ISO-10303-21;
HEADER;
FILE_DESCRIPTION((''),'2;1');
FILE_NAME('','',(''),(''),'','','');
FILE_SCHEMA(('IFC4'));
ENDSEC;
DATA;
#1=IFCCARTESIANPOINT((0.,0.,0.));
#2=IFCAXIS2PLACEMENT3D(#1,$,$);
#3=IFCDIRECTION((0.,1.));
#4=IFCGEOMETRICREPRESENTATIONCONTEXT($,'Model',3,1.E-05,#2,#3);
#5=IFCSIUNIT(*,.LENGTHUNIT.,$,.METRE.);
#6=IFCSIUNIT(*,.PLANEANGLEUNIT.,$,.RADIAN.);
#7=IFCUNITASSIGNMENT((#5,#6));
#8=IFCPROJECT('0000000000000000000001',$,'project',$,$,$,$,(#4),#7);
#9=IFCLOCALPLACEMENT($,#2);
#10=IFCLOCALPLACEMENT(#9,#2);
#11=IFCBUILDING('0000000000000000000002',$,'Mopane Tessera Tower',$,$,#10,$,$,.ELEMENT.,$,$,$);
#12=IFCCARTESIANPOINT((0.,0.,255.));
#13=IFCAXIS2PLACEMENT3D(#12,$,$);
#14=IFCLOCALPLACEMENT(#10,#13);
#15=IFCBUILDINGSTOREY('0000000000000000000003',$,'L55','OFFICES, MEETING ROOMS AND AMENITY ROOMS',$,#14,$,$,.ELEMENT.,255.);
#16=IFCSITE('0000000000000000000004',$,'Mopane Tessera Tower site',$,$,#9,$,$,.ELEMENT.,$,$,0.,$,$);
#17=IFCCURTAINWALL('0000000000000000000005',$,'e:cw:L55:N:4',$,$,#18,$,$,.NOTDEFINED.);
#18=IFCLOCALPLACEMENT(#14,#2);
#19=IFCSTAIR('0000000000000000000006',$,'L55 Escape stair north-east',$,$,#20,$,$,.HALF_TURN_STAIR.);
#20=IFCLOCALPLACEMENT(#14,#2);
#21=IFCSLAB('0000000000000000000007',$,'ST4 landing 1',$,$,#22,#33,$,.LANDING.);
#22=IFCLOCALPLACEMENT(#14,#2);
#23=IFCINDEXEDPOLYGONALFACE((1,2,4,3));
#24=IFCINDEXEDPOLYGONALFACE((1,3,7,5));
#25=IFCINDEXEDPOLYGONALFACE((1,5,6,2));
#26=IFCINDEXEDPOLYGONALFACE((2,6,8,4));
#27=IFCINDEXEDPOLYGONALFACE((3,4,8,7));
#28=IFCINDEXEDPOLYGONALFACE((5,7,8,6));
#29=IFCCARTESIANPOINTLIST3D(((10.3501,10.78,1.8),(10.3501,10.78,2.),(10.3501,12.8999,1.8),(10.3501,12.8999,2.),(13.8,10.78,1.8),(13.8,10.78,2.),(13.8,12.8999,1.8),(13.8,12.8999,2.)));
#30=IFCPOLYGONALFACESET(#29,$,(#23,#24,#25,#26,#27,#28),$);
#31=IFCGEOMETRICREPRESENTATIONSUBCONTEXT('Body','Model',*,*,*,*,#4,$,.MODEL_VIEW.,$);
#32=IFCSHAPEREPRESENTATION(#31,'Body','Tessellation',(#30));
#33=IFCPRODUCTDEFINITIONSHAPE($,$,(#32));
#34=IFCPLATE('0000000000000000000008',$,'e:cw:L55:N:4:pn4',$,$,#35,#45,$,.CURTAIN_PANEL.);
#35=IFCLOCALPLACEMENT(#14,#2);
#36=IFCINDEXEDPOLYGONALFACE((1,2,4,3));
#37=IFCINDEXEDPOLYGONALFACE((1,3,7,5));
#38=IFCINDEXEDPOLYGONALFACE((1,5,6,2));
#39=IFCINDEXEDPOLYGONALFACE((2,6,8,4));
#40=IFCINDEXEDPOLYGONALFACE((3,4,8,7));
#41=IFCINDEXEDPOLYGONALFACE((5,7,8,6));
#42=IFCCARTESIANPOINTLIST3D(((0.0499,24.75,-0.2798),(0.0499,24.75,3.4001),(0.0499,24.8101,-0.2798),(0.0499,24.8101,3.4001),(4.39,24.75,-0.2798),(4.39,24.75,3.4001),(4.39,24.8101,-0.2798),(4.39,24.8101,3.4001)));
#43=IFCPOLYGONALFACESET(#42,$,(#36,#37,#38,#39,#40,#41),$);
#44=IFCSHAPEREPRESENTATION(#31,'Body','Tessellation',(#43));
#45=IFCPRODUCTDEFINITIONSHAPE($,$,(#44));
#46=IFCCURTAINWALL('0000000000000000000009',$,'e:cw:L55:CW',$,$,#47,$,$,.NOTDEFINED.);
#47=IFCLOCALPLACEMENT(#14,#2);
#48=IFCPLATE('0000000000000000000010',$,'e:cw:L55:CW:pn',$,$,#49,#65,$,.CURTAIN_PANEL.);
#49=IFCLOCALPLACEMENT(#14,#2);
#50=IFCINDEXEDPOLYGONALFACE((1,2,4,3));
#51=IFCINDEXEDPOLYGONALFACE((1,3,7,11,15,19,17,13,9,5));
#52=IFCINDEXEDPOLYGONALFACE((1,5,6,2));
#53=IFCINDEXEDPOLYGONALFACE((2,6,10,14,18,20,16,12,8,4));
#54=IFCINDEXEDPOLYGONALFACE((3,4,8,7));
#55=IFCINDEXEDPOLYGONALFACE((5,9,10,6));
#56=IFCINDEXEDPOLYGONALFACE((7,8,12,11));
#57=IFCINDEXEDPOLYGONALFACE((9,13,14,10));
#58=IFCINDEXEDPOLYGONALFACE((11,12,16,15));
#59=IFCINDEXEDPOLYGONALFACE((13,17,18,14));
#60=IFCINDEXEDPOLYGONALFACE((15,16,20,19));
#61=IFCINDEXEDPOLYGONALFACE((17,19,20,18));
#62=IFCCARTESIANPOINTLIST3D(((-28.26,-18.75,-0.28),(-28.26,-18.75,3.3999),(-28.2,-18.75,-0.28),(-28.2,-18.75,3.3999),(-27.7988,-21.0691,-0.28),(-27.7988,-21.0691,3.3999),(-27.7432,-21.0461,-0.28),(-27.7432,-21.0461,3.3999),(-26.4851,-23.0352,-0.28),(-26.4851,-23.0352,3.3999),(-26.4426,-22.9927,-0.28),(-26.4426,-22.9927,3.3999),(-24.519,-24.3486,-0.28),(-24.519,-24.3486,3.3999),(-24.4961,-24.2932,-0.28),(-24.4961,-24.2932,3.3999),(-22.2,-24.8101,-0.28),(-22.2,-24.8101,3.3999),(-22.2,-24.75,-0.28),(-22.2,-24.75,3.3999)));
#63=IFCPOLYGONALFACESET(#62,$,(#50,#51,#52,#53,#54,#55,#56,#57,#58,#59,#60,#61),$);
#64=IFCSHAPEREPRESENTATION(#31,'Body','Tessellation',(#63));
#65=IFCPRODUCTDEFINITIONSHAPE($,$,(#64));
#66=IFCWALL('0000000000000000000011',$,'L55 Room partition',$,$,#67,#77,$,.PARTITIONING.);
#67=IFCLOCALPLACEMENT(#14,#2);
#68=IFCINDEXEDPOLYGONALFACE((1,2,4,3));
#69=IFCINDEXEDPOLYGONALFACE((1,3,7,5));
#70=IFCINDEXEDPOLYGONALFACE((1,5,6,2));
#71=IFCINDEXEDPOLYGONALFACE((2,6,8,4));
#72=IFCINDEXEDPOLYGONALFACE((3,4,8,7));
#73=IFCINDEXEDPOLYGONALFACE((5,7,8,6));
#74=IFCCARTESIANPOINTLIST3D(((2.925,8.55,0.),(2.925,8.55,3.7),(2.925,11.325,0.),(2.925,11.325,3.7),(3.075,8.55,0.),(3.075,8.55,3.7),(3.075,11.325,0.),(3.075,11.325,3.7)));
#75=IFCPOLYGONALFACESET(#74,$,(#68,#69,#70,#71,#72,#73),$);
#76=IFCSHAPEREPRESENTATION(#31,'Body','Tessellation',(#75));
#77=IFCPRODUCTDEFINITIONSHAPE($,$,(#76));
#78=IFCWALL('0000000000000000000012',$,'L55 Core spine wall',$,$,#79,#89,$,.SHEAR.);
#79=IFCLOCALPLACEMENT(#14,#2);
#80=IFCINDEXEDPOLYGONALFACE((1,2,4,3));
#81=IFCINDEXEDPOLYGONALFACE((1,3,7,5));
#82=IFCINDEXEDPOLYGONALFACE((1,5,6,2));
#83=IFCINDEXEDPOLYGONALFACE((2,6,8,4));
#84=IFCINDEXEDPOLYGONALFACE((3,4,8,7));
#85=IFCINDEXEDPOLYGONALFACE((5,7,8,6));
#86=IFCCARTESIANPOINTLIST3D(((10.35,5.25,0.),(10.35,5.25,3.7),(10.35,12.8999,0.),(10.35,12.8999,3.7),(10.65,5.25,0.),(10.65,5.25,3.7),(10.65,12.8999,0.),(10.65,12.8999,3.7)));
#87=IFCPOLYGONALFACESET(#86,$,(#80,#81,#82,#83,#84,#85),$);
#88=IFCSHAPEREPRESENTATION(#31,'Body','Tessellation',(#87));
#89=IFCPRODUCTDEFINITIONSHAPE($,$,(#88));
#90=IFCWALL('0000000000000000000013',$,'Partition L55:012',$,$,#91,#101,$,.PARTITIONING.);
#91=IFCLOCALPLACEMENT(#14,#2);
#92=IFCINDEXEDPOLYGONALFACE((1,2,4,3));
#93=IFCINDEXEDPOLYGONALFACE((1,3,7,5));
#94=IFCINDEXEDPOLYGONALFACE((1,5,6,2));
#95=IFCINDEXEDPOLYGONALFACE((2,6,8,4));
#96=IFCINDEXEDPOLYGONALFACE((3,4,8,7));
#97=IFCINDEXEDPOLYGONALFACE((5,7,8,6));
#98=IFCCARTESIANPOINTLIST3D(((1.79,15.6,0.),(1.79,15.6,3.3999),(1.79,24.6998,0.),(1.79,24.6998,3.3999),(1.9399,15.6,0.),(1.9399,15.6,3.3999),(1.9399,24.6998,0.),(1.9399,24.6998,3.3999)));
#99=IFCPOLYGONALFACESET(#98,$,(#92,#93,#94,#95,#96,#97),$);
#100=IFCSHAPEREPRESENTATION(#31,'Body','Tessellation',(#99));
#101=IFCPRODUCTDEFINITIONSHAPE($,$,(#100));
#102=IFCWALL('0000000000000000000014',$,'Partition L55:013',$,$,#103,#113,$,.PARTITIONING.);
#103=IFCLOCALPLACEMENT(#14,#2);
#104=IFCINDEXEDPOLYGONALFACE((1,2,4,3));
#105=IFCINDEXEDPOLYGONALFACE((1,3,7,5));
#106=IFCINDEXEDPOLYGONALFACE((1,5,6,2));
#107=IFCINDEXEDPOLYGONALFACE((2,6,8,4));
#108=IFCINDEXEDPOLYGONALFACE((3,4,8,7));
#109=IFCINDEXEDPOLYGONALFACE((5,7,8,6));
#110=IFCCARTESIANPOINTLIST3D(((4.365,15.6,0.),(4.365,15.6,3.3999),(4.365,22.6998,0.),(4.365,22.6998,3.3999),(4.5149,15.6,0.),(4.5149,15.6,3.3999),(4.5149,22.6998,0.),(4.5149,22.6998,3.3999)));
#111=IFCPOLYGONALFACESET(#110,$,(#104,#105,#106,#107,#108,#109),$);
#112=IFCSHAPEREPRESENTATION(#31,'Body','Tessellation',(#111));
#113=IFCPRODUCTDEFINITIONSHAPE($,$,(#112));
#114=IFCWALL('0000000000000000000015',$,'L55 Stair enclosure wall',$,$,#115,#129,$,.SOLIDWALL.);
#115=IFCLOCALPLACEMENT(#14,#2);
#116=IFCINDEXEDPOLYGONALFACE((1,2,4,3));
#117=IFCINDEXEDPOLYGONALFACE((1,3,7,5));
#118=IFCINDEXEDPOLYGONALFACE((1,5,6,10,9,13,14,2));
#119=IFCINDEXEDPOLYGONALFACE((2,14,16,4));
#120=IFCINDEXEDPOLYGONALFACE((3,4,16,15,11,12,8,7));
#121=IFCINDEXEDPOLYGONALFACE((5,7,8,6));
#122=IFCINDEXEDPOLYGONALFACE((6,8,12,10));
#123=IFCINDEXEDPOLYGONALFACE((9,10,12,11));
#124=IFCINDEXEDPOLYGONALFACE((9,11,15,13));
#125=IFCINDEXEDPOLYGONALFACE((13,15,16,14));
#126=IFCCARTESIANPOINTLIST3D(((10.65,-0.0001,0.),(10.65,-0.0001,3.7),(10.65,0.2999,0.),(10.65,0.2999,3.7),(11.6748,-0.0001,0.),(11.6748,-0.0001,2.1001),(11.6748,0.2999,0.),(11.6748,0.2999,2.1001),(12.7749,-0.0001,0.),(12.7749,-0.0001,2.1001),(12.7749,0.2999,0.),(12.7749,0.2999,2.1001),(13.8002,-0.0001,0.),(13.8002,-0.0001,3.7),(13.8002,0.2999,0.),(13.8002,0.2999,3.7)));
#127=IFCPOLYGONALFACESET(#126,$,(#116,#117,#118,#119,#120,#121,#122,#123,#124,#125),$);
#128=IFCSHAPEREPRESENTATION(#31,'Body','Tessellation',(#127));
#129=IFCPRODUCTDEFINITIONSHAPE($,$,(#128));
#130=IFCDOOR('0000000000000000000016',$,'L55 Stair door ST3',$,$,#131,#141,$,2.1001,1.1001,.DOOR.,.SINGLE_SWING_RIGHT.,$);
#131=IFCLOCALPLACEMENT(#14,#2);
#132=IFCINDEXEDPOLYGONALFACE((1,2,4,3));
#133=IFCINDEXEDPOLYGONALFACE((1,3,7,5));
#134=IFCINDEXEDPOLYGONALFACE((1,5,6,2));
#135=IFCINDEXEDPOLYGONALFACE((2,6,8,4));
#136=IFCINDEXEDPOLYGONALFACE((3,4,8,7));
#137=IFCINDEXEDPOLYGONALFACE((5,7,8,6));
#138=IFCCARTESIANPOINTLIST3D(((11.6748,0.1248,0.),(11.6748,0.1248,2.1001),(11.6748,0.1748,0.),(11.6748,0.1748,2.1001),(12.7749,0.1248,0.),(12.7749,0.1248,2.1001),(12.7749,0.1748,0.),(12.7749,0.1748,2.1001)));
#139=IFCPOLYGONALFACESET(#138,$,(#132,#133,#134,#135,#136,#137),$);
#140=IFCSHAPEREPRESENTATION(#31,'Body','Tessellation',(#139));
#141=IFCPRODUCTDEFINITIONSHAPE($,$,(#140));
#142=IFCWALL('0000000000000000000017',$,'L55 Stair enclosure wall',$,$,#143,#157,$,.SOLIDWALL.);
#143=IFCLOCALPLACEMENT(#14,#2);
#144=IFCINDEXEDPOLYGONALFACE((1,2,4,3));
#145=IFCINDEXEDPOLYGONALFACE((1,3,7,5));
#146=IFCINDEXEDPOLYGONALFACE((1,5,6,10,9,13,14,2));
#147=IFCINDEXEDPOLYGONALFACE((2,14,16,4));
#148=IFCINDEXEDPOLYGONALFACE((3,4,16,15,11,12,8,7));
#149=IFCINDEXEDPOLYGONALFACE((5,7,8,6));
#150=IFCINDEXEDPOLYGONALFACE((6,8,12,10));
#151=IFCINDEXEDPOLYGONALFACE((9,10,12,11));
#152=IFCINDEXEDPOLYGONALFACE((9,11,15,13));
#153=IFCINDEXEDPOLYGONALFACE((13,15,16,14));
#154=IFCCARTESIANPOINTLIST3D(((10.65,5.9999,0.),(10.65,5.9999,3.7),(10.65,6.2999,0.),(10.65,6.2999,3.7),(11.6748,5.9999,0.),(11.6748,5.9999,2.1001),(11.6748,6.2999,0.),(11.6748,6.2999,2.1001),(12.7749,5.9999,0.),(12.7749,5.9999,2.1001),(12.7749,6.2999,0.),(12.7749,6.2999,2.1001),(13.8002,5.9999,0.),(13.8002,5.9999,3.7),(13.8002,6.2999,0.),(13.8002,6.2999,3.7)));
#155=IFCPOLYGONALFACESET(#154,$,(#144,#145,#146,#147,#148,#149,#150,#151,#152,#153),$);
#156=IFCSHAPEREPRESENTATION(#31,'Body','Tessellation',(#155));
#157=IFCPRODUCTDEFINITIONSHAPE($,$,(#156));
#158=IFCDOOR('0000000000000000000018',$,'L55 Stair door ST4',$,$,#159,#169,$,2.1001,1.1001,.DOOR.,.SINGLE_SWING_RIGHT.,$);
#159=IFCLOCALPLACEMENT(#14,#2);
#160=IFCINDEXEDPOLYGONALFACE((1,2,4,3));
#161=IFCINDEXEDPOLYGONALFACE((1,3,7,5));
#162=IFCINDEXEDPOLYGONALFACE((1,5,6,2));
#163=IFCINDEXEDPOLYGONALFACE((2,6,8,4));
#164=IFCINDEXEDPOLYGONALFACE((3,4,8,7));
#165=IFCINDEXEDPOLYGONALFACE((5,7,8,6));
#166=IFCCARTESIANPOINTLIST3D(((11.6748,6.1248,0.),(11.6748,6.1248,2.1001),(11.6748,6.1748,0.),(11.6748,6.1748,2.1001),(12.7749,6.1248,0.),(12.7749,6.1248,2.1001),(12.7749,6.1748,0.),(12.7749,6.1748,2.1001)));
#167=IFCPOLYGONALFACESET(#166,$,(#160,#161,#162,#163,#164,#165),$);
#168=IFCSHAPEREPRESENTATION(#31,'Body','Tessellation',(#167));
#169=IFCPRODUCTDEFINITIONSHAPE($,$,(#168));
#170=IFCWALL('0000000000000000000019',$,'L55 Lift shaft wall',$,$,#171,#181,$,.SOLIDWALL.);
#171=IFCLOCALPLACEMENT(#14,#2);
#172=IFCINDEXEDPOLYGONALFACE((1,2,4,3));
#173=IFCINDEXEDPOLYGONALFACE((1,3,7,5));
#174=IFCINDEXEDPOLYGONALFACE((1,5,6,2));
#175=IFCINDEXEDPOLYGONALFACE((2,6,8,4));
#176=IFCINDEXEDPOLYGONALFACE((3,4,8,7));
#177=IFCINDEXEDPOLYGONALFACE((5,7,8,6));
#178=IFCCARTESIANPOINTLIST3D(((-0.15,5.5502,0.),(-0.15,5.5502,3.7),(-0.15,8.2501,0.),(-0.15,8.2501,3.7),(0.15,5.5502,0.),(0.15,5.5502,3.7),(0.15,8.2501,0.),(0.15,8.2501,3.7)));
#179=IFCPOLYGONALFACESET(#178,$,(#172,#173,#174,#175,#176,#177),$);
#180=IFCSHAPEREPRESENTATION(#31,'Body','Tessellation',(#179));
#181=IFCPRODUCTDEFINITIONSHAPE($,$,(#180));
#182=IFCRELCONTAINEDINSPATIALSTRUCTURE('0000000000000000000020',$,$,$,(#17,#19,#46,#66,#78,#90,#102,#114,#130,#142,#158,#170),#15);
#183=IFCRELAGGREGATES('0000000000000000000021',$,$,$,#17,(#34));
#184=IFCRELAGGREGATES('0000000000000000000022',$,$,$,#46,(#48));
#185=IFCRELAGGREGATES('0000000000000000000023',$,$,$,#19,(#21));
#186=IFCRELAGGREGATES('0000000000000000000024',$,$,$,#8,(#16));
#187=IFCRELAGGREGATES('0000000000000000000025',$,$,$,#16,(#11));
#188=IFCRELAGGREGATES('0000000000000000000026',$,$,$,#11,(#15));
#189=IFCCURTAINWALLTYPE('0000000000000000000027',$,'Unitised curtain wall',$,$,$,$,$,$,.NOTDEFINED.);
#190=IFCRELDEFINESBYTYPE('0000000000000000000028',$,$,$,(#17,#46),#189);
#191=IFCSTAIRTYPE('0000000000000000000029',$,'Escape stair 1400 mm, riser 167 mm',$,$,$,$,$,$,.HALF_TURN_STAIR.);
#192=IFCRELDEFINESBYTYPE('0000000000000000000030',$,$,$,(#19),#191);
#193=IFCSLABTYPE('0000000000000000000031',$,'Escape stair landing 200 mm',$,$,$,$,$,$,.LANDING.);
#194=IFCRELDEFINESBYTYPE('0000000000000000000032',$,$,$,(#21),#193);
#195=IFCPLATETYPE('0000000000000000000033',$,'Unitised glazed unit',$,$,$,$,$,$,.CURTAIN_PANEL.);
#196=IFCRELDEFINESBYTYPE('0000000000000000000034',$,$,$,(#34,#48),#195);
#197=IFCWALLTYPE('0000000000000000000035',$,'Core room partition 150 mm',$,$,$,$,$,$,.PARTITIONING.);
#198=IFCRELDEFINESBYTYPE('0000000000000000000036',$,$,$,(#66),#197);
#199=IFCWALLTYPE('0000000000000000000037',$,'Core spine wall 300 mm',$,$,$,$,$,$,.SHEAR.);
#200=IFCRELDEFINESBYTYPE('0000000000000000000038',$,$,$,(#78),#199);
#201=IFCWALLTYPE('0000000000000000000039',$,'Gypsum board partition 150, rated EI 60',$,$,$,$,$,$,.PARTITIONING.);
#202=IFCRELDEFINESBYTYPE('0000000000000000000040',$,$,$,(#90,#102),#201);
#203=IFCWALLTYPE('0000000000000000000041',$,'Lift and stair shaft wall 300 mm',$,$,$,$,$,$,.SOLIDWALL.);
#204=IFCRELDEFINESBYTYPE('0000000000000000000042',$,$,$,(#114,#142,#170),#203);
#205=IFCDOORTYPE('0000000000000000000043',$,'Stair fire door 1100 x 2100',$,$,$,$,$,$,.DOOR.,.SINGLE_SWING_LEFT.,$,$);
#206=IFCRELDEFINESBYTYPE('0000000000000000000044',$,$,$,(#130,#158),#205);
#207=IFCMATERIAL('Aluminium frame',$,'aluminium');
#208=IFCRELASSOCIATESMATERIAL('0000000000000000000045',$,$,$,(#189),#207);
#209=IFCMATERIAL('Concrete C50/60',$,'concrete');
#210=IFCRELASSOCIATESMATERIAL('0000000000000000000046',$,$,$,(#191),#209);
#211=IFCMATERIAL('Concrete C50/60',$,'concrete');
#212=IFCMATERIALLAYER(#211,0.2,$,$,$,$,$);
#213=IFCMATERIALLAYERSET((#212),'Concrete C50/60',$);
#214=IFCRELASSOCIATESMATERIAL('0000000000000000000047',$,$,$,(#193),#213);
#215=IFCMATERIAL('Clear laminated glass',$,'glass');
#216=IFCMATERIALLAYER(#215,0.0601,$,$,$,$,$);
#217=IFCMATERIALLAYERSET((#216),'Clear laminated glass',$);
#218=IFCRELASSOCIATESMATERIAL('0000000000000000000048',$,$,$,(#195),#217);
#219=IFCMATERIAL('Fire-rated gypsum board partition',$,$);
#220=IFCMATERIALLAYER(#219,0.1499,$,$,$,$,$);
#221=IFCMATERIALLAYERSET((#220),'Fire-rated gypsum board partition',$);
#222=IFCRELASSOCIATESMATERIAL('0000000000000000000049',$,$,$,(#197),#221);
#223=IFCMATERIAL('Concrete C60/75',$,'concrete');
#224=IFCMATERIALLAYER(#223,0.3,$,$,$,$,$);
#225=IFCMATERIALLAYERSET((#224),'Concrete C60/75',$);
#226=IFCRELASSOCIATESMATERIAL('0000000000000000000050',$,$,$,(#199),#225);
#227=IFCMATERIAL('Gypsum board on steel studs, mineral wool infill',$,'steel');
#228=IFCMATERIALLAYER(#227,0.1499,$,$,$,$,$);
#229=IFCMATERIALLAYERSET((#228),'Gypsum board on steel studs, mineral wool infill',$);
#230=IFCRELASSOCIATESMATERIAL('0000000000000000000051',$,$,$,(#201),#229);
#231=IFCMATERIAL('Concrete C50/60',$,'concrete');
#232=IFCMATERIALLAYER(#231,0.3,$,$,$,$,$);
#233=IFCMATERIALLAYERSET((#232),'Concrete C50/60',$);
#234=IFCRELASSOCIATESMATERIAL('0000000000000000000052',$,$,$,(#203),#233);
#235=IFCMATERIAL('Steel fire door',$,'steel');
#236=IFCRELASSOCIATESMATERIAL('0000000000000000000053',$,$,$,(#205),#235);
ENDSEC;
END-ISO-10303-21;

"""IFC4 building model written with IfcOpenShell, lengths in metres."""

from ifc_helpers import new_model, si_unit, direction, frame, frame_2d, origin, origin_2d, place, context, subcontext, project, spatial, polyline, rectangle, outline, extrude, material, layer, layer_set, type_object, element, fill, aggregate, save


model = new_model("IFC4")

# Units and contexts
model_context = context("Model", 3, precision=1e-05, world=origin(), true_north=direction((0.0, 1.0)))
body_context = subcontext(model_context, "Body", "Model", "MODEL_VIEW")
ifc_project = project(units=[si_unit("LENGTHUNIT", "METRE"), si_unit("PLANEANGLEUNIT", "RADIAN")], contexts=[model_context])

# Site, building, storey
site_placement = place(None, origin())
site = spatial("IfcSite", under=ifc_project, at=site_placement, Name="Mopane Tessera Tower site", CompositionType="ELEMENT", RefElevation=0.0)
building_placement = place(site_placement, origin())
building = spatial("IfcBuilding", under=site, at=building_placement, Name="Mopane Tessera Tower", CompositionType="ELEMENT")
storey_placement = place(building_placement, frame((0.0, 0.0, 255.0)))
storey = spatial("IfcBuildingStorey", under=building, at=storey_placement, Name="L55", Description="OFFICES, MEETING ROOMS AND AMENITY ROOMS", CompositionType="ELEMENT", Elevation=255.0)

# Curtain wall
ifc_material_1 = material(Name="Aluminium frame", Category="aluminium")
curtain_wall_type = type_object("IfcCurtainWallType", Name="Unitised curtain wall", PredefinedType="NOTDEFINED", material=ifc_material_1)
curtain_wall_1_placement = place(storey_placement, origin())
curtain_wall_1 = element("IfcCurtainWall", 1, at=curtain_wall_1_placement, inside=storey, type_object=curtain_wall_type, Name="e:cw:L55:N:4", PredefinedType="NOTDEFINED")

# Stair, slab
ifc_material_2 = material(Name="Concrete C50/60", Category="concrete")
stair_type = type_object("IfcStairType", Name="Escape stair 1400 mm, riser 167 mm", PredefinedType="HALF_TURN_STAIR", material=ifc_material_2)
ifc_material_3 = material(Name="Concrete C50/60", Category="concrete")
ifc_layer_1 = layer(ifc_material_3, 0.2)
ifc_layer_set_1 = layer_set([ifc_layer_1], Name="Concrete C50/60")
slab_type_1 = type_object("IfcSlabType", Name="Escape stair landing 200 mm", PredefinedType="LANDING", material=ifc_layer_set_1)
stair_1_placement = place(storey_placement, origin())
stair_1 = element("IfcStair", 2, at=stair_1_placement, inside=storey, type_object=stair_type, Name="L55 Escape stair north-east", PredefinedType="HALF_TURN_STAIR")
slab_1_placement = place(storey_placement, frame((0.0, 0.0, 1.8)))
slab_1 = element("IfcSlab", 3, at=slab_1_placement, type_object=slab_type_1, Name="ST4 landing 1", PredefinedType="LANDING", context=body_context, shape_type="SweptSolid", body=[
    extrude(outline(polyline([(13.8, 10.78), (13.8, 12.8999), (10.3501, 12.8999), (10.3501, 10.78), (13.8, 10.78)])), origin(), (0.0, 0.0, 1.0), 0.2),
])

# Plate
ifc_material_4 = material(Name="Clear laminated glass", Category="glass")
ifc_layer_2 = layer(ifc_material_4, 0.0601)
ifc_layer_set_2 = layer_set([ifc_layer_2], Name="Clear laminated glass")
plate_type = type_object("IfcPlateType", Name="Unitised glazed unit", PredefinedType="CURTAIN_PANEL", material=ifc_layer_set_2)
plate_1_placement = place(storey_placement, frame((2.22, 24.78, -0.2798), z_axis=(0.0, 0.0, 1.0), x_axis=(-1.0, 0.0, 0.0)))
plate_1 = element("IfcPlate", 4, at=plate_1_placement, type_object=plate_type, Name="e:cw:L55:N:4:pn4", PredefinedType="CURTAIN_PANEL", context=body_context, shape_type="SweptSolid", body=[
    extrude(rectangle(XDim=4.3401, YDim=0.0601, at=origin_2d()), origin(), (0.0, 0.0, 1.0), 3.6799),
])
aggregate(curtain_wall_1, [plate_1])

# Curtain wall, plate
curtain_wall_2_placement = place(storey_placement, origin())
curtain_wall_2 = element("IfcCurtainWall", 5, at=curtain_wall_2_placement, inside=storey, type_object=curtain_wall_type, Name="e:cw:L55:CW", PredefinedType="NOTDEFINED")
plate_2_placement = place(storey_placement, frame((0.0, 0.0, -0.28)))
plate_2 = element("IfcPlate", 6, at=plate_2_placement, type_object=plate_type, Name="e:cw:L55:CW:pn", PredefinedType="CURTAIN_PANEL", context=body_context, shape_type="SweptSolid", body=[
    extrude(outline(polyline([(-28.2, -18.75), (-27.7432, -21.0461), (-26.4426, -22.9927), (-24.4961, -24.2932), (-22.2, -24.75), (-22.2, -24.8101), (-24.519, -24.3486), (-26.4851, -23.0352), (-27.7988, -21.0691), (-28.26, -18.75), (-28.2, -18.75)])), origin(), (0.0, 0.0, 1.0), 3.6799),
])
aggregate(curtain_wall_2, [plate_2])

# Walls
ifc_material_5 = material(Name="Fire-rated gypsum board partition")
ifc_layer_3 = layer(ifc_material_5, 0.1499)
ifc_layer_set_3 = layer_set([ifc_layer_3], Name="Fire-rated gypsum board partition")
wall_type_1 = type_object("IfcWallType", Name="Core room partition 150 mm", PredefinedType="PARTITIONING", material=ifc_layer_set_3)
wall_1_placement = place(storey_placement, frame((3.0, 8.55, 0.0), z_axis=(0.0, 0.0, 1.0), x_axis=(0.0, 1.0, 0.0)))
element("IfcWall", 7, at=wall_1_placement, inside=storey, type_object=wall_type_1, Name="L55 Room partition", PredefinedType="PARTITIONING", context=body_context, shape_type="SweptSolid", body=[
    extrude(rectangle(XDim=2.7749, YDim=0.1499, at=frame_2d((1.3875, 0.0))), origin(), (0.0, 0.0, 1.0), 3.7),
])
ifc_material_6 = material(Name="Concrete C60/75", Category="concrete")
ifc_layer_4 = layer(ifc_material_6, 0.3)
ifc_layer_set_4 = layer_set([ifc_layer_4], Name="Concrete C60/75")
wall_type_2 = type_object("IfcWallType", Name="Core spine wall 300 mm", PredefinedType="SHEAR", material=ifc_layer_set_4)
wall_2_placement = place(storey_placement, frame((10.5, 5.25, 0.0), z_axis=(0.0, 0.0, 1.0), x_axis=(0.0, 1.0, 0.0)))
element("IfcWall", 8, at=wall_2_placement, inside=storey, type_object=wall_type_2, Name="L55 Core spine wall", PredefinedType="SHEAR", context=body_context, shape_type="SweptSolid", body=[
    extrude(rectangle(XDim=7.6499, YDim=0.3, at=frame_2d((3.825, 0.0))), origin(), (0.0, 0.0, 1.0), 3.7),
])
ifc_material_7 = material(Name="Gypsum board on steel studs, mineral wool infill", Category="steel")
ifc_layer_5 = layer(ifc_material_7, 0.1499)
ifc_layer_set_5 = layer_set([ifc_layer_5], Name="Gypsum board on steel studs, mineral wool infill")
wall_type_3 = type_object("IfcWallType", Name="Gypsum board partition 150, rated EI 60", PredefinedType="PARTITIONING", material=ifc_layer_set_5)
wall_3_placement = place(storey_placement, frame((1.865, 15.6001, 0.0), z_axis=(0.0, 0.0, 1.0), x_axis=(0.0, 1.0, 0.0)))
element("IfcWall", 9, at=wall_3_placement, inside=storey, type_object=wall_type_3, Name="Partition L55:012", PredefinedType="PARTITIONING", context=body_context, shape_type="SweptSolid", body=[
    extrude(rectangle(XDim=9.0999, YDim=0.1499, at=frame_2d((4.5498, 0.0))), origin(), (0.0, 0.0, 1.0), 3.3999),
])
wall_4_placement = place(storey_placement, frame((4.4399, 15.6001, 0.0), z_axis=(0.0, 0.0, 1.0), x_axis=(0.0, 1.0, 0.0)))
element("IfcWall", 10, at=wall_4_placement, inside=storey, type_object=wall_type_3, Name="Partition L55:013", PredefinedType="PARTITIONING", context=body_context, shape_type="SweptSolid", body=[
    extrude(rectangle(XDim=7.0999, YDim=0.1499, at=frame_2d((3.5498, 0.0))), origin(), (0.0, 0.0, 1.0), 3.3999),
])

# Walls, openings, doors
ifc_material_8 = material(Name="Concrete C50/60", Category="concrete")
ifc_layer_6 = layer(ifc_material_8, 0.3)
ifc_layer_set_6 = layer_set([ifc_layer_6], Name="Concrete C50/60")
wall_type_4 = type_object("IfcWallType", Name="Lift and stair shaft wall 300 mm", PredefinedType="SOLIDWALL", material=ifc_layer_set_6)
wall_5_placement = place(storey_placement, frame((10.6499, 0.1499, 0.0), z_axis=(0.0, 0.0, 1.0), x_axis=(1.0, 0.0, 0.0)))
wall_5 = element("IfcWall", 11, at=wall_5_placement, inside=storey, type_object=wall_type_4, Name="L55 Stair enclosure wall", PredefinedType="SOLIDWALL", context=body_context, shape_type="SweptSolid", body=[
    extrude(rectangle(XDim=3.1501, YDim=0.3, at=frame_2d((1.5752, 0.0))), origin(), (0.0, 0.0, 1.0), 3.7),
])
opening_1_placement = place(wall_5_placement, frame((1.0249, 0.0, 0.0)))
opening_1 = element("IfcOpeningElement", 12, at=opening_1_placement, cuts=wall_5, PredefinedType="OPENING", context=body_context, shape_type="SweptSolid", body=[
    extrude(rectangle(XDim=1.1001, YDim=2.1001, at=frame_2d((0.55, 1.05))), frame((0.0, 0.1621, 0.0), z_axis=(0.0, -1.0, 0.0), x_axis=(1.0, 0.0, 0.0)), (0.0, 0.0, 1.0), 0.324),
])
ifc_material_9 = material(Name="Steel fire door", Category="steel")
door_type = type_object("IfcDoorType", Name="Stair fire door 1100 x 2100", OperationType="SINGLE_SWING_LEFT", PredefinedType="DOOR", material=ifc_material_9)
door_1_placement = place(opening_1_placement, origin())
door_1 = element("IfcDoor", 13, at=door_1_placement, inside=storey, type_object=door_type, Name="L55 Stair door ST3", OperationType="SINGLE_SWING_RIGHT", OverallHeight=2.1001, OverallWidth=1.1001, PredefinedType="DOOR", context=body_context, shape_type="SweptSolid", body=[
    extrude(rectangle(XDim=1.1001, YDim=2.1001, at=frame_2d((0.55, 1.05))), frame((0.0, 0.0249, 0.0), z_axis=(0.0, -1.0, 0.0), x_axis=(1.0, 0.0, 0.0)), (0.0, 0.0, 1.0), 0.05),
])
fill(opening_1, door_1)
wall_6_placement = place(storey_placement, frame((10.6499, 6.1499, 0.0), z_axis=(0.0, 0.0, 1.0), x_axis=(1.0, 0.0, 0.0)))
wall_6 = element("IfcWall", 14, at=wall_6_placement, inside=storey, type_object=wall_type_4, Name="L55 Stair enclosure wall", PredefinedType="SOLIDWALL", context=body_context, shape_type="SweptSolid", body=[
    extrude(rectangle(XDim=3.1501, YDim=0.3, at=frame_2d((1.5752, 0.0))), origin(), (0.0, 0.0, 1.0), 3.7),
])
opening_2_placement = place(wall_6_placement, frame((1.0249, 0.0, 0.0)))
opening_2 = element("IfcOpeningElement", 15, at=opening_2_placement, cuts=wall_6, PredefinedType="OPENING", context=body_context, shape_type="SweptSolid", body=[
    extrude(rectangle(XDim=1.1001, YDim=2.1001, at=frame_2d((0.55, 1.05))), frame((0.0, 0.1621, 0.0), z_axis=(0.0, -1.0, 0.0), x_axis=(1.0, 0.0, 0.0)), (0.0, 0.0, 1.0), 0.324),
])
door_2_placement = place(opening_2_placement, origin())
door_2 = element("IfcDoor", 16, at=door_2_placement, inside=storey, type_object=door_type, Name="L55 Stair door ST4", OperationType="SINGLE_SWING_RIGHT", OverallHeight=2.1001, OverallWidth=1.1001, PredefinedType="DOOR", context=body_context, shape_type="SweptSolid", body=[
    extrude(rectangle(XDim=1.1001, YDim=2.1001, at=frame_2d((0.55, 1.05))), frame((0.0, 0.0249, 0.0), z_axis=(0.0, -1.0, 0.0), x_axis=(1.0, 0.0, 0.0)), (0.0, 0.0, 1.0), 0.05),
])
fill(opening_2, door_2)

# Wall
for number, where, z_axis, x_axis, name in (
    (17, (0.0, 5.55, 0.0), (0.0, 0.0, 1.0), (0.0, 1.0, 0.0), "L55 Lift shaft wall"),
):
    element("IfcWall", number, at=place(storey_placement, frame(where, z_axis=z_axis, x_axis=x_axis)), inside=storey, type_object=wall_type_4, Name=name, PredefinedType="SOLIDWALL", context=body_context, shape_type="SweptSolid", body=[
        extrude(rectangle(XDim=2.7, YDim=0.3, at=frame_2d((1.3501, 0.0))), origin(), (0.0, 0.0, 1.0), 3.7),
    ])

aggregate(stair_1, [slab_1])

save(model, "model.ifc")
